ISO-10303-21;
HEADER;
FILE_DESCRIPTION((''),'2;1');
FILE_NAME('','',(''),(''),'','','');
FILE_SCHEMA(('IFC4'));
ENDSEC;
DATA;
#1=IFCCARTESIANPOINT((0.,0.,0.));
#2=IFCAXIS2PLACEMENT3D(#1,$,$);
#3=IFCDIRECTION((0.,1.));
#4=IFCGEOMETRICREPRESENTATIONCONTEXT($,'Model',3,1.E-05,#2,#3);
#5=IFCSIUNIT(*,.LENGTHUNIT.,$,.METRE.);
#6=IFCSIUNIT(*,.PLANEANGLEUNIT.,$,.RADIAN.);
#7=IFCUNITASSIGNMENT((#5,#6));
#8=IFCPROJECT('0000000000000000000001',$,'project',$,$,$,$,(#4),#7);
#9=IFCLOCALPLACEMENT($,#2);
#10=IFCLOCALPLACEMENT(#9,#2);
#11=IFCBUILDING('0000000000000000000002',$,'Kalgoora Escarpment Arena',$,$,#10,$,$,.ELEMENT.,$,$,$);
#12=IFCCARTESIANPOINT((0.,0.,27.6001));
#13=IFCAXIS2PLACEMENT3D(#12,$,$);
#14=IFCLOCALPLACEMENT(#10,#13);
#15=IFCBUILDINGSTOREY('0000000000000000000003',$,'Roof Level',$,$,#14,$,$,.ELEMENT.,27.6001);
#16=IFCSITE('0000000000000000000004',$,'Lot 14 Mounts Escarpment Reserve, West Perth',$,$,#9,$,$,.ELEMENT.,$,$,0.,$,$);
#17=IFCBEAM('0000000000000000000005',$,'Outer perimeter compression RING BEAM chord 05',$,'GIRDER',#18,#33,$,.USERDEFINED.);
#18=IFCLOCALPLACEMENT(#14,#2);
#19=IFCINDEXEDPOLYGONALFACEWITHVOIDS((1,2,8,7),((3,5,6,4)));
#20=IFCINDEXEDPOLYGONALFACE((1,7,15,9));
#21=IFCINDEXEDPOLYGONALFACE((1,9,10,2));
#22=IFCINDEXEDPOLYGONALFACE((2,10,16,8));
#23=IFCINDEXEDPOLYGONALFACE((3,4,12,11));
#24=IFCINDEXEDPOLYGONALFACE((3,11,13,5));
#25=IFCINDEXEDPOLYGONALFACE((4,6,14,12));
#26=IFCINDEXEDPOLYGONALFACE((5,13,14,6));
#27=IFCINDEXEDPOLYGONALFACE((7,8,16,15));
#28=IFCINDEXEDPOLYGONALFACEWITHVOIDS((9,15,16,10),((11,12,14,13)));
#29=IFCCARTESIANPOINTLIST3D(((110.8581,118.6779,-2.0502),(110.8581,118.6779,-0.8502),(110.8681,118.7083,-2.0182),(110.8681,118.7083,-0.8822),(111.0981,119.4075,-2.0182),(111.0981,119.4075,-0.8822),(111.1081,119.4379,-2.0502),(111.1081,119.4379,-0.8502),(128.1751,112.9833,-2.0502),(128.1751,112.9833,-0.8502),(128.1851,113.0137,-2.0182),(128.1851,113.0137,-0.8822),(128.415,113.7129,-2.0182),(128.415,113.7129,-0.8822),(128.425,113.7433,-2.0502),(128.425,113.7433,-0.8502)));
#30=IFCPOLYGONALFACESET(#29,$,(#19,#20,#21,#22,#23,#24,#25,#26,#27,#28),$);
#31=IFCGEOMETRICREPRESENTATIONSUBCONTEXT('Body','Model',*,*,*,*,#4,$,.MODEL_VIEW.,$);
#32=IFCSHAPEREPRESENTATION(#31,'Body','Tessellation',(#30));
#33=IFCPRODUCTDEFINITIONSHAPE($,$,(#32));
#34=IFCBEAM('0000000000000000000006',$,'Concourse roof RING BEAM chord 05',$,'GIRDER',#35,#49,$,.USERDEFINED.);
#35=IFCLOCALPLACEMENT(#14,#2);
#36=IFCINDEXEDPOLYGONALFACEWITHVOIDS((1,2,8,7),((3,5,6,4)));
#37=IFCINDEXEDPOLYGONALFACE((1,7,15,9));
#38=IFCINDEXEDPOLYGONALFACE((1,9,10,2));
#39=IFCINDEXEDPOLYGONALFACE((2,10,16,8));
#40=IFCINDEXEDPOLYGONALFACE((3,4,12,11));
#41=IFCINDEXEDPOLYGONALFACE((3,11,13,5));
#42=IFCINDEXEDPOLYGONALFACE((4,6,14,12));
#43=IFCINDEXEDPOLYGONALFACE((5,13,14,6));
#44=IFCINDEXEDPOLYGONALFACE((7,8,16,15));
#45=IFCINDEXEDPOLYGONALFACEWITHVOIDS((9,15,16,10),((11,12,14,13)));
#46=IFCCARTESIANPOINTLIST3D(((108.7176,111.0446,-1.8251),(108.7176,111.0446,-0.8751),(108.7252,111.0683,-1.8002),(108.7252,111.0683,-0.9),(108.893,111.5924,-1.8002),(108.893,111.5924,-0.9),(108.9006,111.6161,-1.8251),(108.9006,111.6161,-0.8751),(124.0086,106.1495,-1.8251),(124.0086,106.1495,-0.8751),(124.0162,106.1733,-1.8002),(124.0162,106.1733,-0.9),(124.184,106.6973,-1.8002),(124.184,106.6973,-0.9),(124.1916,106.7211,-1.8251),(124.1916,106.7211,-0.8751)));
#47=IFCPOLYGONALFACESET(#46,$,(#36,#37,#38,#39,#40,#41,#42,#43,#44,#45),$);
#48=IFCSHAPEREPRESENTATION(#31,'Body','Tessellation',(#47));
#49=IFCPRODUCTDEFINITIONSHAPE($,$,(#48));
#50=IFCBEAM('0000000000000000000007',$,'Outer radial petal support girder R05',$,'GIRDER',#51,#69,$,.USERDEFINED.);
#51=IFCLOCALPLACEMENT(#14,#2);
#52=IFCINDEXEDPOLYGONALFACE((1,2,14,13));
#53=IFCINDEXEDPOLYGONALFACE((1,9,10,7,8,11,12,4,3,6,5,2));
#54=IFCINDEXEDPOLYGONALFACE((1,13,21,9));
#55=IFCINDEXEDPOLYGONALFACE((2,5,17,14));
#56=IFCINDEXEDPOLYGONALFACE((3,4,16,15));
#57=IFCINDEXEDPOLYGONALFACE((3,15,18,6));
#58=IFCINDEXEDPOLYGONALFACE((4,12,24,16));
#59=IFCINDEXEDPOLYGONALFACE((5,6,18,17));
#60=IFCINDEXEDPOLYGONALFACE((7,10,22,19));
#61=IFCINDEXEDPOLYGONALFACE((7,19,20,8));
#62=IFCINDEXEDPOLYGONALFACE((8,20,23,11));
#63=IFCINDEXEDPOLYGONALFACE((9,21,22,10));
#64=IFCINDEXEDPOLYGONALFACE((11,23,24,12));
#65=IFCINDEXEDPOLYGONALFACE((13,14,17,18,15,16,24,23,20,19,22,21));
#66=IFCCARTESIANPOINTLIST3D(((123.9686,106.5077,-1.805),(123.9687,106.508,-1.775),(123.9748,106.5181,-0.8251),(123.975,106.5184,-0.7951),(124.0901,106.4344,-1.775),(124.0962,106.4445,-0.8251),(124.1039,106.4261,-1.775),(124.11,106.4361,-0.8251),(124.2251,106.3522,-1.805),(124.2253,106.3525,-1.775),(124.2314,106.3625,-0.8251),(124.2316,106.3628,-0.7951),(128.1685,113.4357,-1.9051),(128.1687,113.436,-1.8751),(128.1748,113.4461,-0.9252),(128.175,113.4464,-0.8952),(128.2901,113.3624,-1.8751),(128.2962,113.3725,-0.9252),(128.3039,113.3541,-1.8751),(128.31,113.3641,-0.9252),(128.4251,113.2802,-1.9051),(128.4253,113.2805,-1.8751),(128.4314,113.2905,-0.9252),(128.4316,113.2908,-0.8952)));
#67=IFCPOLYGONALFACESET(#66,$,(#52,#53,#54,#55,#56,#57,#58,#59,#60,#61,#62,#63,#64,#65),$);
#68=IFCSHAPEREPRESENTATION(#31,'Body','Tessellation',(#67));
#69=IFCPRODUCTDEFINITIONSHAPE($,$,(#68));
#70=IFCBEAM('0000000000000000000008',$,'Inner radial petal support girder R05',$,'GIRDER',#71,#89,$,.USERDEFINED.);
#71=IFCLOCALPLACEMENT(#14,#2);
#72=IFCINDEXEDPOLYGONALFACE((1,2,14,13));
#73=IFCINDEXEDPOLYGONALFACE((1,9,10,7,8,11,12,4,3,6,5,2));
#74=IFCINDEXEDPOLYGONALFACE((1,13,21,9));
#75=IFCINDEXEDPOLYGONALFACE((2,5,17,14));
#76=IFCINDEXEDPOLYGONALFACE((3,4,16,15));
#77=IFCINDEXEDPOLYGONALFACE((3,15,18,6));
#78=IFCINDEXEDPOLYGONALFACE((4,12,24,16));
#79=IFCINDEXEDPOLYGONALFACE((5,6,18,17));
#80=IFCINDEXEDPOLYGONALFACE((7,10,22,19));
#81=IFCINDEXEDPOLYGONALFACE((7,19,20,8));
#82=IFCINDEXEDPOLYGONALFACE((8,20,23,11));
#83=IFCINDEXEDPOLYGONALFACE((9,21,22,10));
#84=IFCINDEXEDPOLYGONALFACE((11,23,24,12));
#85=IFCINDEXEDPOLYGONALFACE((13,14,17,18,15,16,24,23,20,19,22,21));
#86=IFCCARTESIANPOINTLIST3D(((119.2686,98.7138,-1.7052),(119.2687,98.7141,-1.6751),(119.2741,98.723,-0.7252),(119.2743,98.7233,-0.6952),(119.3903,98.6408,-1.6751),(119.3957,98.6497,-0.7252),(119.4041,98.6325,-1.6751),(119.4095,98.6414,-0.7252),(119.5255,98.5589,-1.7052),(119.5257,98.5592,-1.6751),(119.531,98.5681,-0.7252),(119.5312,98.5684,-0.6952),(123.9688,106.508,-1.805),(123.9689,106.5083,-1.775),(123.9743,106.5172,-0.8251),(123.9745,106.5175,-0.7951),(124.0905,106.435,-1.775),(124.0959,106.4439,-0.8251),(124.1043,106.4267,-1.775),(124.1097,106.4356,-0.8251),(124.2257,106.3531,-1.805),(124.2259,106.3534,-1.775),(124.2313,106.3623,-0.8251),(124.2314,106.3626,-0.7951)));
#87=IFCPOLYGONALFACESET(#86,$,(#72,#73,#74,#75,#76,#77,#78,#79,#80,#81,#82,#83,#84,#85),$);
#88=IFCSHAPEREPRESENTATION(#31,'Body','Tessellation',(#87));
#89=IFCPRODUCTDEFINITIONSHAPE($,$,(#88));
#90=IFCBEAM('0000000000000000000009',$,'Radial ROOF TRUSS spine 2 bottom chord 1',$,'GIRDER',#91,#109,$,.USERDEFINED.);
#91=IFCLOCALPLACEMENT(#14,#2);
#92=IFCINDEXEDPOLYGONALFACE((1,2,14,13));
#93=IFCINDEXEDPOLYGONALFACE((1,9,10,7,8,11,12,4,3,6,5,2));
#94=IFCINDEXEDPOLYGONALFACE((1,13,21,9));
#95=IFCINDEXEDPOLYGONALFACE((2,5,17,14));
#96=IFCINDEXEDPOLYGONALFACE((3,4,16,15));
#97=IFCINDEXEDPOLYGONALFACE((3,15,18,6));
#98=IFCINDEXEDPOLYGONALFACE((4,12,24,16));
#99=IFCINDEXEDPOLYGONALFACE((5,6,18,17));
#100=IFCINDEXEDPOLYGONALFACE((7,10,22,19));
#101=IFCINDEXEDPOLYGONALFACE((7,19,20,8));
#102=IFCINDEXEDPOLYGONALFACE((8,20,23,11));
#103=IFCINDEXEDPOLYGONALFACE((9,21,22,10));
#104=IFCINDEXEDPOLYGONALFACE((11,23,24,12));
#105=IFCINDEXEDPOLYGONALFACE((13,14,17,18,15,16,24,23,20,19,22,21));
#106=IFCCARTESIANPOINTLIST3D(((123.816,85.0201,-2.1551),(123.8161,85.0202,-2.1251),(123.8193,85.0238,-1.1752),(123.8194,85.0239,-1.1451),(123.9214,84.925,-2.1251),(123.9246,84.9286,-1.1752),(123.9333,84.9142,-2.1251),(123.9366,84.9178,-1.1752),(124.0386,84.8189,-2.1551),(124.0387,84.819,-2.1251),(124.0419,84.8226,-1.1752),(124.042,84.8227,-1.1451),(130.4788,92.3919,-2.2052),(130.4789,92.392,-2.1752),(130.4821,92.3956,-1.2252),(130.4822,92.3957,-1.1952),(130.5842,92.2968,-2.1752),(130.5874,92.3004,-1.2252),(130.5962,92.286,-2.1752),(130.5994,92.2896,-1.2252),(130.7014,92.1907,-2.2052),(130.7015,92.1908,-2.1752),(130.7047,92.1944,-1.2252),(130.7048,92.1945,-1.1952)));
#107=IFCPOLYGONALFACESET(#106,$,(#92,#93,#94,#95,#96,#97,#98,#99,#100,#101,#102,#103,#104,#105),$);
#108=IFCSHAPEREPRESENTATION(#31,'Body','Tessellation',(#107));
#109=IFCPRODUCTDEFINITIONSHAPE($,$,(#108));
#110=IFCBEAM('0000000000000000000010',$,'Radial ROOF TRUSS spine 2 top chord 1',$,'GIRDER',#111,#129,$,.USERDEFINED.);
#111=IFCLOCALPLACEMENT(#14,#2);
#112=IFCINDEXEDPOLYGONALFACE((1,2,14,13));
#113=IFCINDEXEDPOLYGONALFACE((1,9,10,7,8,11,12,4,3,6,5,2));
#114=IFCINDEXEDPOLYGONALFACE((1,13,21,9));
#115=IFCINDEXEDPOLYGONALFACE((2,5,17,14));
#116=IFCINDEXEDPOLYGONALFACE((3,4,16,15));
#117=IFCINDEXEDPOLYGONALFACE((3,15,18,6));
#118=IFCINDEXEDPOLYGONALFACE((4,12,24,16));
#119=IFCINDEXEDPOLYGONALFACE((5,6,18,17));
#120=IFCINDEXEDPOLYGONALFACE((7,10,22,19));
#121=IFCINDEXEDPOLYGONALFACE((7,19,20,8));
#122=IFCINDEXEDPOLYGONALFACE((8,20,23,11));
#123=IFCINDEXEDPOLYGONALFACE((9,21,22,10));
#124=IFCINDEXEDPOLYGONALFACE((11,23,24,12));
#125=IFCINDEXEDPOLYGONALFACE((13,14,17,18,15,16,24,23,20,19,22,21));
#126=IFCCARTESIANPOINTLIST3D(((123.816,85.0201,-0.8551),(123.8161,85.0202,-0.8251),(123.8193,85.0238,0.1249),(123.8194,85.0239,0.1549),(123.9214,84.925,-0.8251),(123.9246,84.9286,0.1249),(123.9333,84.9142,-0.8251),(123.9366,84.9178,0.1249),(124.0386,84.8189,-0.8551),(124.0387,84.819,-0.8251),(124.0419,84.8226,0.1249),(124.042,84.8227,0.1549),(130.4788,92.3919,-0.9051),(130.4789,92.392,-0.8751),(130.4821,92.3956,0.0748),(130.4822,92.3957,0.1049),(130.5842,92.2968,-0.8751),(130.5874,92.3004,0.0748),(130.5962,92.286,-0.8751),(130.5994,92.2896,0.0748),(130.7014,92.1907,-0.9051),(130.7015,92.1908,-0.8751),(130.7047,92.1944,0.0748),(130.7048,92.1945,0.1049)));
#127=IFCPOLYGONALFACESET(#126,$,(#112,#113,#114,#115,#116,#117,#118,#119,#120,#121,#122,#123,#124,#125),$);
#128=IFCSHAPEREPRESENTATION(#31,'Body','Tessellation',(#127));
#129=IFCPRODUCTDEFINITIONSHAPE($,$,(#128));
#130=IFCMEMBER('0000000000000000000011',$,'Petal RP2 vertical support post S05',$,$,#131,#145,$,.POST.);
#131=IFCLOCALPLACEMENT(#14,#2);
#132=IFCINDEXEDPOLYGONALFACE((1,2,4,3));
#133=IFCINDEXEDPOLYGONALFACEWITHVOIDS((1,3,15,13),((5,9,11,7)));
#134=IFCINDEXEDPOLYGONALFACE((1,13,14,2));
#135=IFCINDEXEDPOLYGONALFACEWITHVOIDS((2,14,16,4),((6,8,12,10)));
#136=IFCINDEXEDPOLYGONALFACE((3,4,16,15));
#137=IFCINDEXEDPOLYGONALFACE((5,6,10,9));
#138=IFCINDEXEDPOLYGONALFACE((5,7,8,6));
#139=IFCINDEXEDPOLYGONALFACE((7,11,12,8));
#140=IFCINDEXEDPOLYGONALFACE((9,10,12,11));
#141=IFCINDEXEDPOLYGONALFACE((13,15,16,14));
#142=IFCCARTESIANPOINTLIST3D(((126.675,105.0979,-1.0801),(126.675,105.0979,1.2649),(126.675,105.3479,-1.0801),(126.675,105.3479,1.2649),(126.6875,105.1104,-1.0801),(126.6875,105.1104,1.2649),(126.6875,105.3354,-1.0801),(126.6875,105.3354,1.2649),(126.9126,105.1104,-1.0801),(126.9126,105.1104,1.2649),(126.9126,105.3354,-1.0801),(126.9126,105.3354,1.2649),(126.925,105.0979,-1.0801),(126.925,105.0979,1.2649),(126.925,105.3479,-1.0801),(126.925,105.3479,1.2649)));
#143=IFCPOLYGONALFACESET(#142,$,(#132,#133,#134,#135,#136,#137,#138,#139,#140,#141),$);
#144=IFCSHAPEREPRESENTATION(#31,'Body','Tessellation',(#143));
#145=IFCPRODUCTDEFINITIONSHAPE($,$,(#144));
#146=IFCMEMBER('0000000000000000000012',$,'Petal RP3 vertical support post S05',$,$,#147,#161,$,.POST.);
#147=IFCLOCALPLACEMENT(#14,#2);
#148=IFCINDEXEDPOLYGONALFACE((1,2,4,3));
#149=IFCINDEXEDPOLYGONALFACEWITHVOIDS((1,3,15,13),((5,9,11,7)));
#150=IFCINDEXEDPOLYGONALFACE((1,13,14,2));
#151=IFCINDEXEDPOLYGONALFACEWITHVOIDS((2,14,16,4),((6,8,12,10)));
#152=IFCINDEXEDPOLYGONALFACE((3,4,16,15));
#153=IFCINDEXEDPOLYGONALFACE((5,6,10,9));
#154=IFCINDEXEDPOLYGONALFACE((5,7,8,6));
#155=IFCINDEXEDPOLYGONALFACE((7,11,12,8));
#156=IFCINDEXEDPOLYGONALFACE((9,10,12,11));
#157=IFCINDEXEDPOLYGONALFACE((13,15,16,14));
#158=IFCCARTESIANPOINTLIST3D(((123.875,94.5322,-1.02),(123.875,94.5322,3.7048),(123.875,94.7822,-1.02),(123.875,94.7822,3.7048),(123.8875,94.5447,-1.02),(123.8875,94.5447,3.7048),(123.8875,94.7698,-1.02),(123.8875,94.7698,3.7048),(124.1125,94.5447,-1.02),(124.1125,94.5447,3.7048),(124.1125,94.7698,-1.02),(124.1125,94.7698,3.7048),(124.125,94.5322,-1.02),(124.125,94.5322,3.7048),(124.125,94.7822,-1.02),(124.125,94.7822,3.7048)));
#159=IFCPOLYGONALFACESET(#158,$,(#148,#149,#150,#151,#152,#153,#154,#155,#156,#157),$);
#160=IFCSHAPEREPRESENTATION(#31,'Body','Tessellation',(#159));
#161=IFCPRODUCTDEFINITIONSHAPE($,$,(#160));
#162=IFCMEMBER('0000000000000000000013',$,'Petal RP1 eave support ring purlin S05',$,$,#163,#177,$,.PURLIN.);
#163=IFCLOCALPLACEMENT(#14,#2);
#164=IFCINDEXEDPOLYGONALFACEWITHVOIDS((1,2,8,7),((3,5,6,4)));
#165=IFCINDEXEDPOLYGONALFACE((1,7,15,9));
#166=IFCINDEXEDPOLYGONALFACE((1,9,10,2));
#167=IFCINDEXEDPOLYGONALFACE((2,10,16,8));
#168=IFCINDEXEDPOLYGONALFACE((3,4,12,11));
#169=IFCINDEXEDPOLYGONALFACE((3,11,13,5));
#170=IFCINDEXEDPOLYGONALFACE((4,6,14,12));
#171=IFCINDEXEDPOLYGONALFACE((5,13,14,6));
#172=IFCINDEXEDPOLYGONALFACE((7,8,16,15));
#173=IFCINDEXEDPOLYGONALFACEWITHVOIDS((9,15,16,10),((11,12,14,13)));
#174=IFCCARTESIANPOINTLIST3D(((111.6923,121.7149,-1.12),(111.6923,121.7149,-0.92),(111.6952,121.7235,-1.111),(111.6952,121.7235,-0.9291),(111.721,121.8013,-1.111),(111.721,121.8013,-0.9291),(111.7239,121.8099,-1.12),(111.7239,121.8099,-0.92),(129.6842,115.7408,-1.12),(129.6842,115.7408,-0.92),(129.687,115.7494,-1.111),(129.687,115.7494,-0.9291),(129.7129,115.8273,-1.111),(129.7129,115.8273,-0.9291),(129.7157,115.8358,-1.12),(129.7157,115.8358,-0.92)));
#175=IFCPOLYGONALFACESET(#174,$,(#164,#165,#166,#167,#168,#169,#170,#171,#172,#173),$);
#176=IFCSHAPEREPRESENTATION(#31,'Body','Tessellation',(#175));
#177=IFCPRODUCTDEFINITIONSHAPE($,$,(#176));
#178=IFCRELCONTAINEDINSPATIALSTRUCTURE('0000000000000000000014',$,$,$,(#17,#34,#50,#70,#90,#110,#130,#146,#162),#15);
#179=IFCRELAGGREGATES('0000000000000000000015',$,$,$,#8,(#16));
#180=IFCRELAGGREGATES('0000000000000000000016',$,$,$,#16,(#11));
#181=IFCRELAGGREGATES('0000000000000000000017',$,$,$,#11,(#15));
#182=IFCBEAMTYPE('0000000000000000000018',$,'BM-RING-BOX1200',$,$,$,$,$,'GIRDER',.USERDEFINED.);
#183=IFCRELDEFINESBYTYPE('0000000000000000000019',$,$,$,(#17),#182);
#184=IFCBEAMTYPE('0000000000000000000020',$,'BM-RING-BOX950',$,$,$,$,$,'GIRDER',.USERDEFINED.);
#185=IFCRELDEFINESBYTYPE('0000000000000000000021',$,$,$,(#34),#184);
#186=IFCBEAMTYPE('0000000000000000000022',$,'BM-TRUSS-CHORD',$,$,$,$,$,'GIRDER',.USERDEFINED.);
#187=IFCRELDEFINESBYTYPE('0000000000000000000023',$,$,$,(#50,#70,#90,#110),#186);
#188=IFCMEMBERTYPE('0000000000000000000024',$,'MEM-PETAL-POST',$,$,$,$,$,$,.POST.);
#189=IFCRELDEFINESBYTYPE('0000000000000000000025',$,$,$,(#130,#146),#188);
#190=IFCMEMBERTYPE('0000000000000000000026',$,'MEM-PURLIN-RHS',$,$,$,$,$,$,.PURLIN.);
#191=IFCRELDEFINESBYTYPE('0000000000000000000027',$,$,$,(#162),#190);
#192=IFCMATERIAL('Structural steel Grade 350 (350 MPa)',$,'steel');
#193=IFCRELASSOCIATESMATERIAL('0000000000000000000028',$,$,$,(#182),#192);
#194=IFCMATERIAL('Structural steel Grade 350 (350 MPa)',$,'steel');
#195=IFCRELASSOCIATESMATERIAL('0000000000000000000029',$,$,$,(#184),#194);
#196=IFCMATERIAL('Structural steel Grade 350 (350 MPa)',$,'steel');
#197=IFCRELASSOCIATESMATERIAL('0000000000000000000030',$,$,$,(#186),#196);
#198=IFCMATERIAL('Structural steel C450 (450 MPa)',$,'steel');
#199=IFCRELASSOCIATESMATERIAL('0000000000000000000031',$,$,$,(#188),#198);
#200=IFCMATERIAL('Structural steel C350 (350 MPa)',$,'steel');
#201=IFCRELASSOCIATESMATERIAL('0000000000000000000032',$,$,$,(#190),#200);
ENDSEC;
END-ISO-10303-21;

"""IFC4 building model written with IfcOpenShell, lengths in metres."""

from ifc_helpers import new_model, si_unit, direction, frame, origin, origin_2d, place, context, subcontext, project, spatial, hollow_rectangle, i_section, extrude, material, material_profile, profile_set, type_object, element, save


model = new_model("IFC4")

# Units and contexts
model_context = context("Model", 3, precision=1e-05, world=origin(), true_north=direction((0.0, 1.0)))
body_context = subcontext(model_context, "Body", "Model", "MODEL_VIEW")
ifc_project = project(units=[si_unit("LENGTHUNIT", "METRE"), si_unit("PLANEANGLEUNIT", "RADIAN")], contexts=[model_context])

# Site, building, storey
site_placement = place(None, origin())
site = spatial("IfcSite", under=ifc_project, at=site_placement, Name="Lot 14 Mounts Escarpment Reserve, West Perth", CompositionType="ELEMENT", RefElevation=0.0)
building_placement = place(site_placement, origin())
building = spatial("IfcBuilding", under=site, at=building_placement, Name="Kalgoora Escarpment Arena", CompositionType="ELEMENT")
storey_placement = place(building_placement, frame((0.0, 0.0, 27.6001)))
storey = spatial("IfcBuildingStorey", under=building, at=storey_placement, Name="Roof Level", CompositionType="ELEMENT", Elevation=27.6001)

# Beams
ifc_material_1 = material(Name="Structural steel Grade 350 (350 MPa)", Category="steel")
ifc_material_profile_1 = material_profile(ifc_material_1, hollow_rectangle(XDim=0.8, YDim=1.2, WallThickness=0.032, at=origin_2d()))
ifc_profile_set_1 = profile_set([ifc_material_profile_1], Name="Structural steel Grade 350 (350 MPa)")
beam_type_1 = type_object("IfcBeamType", Name="BM-RING-BOX1200", ElementType="GIRDER", PredefinedType="USERDEFINED", material=ifc_profile_set_1)
beam_1_placement = place(storey_placement, frame((128.3, 113.3633, -1.4502), z_axis=(-0.949955, 0.312388, 0.0), x_axis=(-0.312388, -0.949955, 0.0)))
element("IfcBeam", 1, at=beam_1_placement, inside=storey, type_object=beam_type_1, Name="Outer perimeter compression RING BEAM chord 05", ObjectType="GIRDER", PredefinedType="USERDEFINED", context=body_context, shape_type="SweptSolid", body=[
    extrude(hollow_rectangle(XDim=0.8, YDim=1.2, WallThickness=0.032, at=origin_2d()), origin(), (0.0, 0.0, 1.0), 18.2292),
])
ifc_material_2 = material(Name="Structural steel Grade 350 (350 MPa)", Category="steel")
ifc_material_profile_2 = material_profile(ifc_material_2, hollow_rectangle(XDim=0.6001, YDim=0.95, WallThickness=0.0249, at=origin_2d()))
ifc_profile_set_2 = profile_set([ifc_material_profile_2], Name="Structural steel Grade 350 (350 MPa)")
beam_type_2 = type_object("IfcBeamType", Name="BM-RING-BOX950", ElementType="GIRDER", PredefinedType="USERDEFINED", material=ifc_profile_set_2)
beam_2_placement = place(storey_placement, frame((124.1001, 106.4353, -1.3501), z_axis=(-0.95239, 0.304883, 0.0), x_axis=(-0.304883, -0.95239, 0.0)))
element("IfcBeam", 2, at=beam_2_placement, inside=storey, type_object=beam_type_2, Name="Concourse roof RING BEAM chord 05", ObjectType="GIRDER", PredefinedType="USERDEFINED", context=body_context, shape_type="SweptSolid", body=[
    extrude(hollow_rectangle(XDim=0.6001, YDim=0.95, WallThickness=0.0249, at=origin_2d()), origin(), (0.0, 0.0, 1.0), 16.0554),
])
ifc_material_3 = material(Name="Structural steel Grade 350 (350 MPa)", Category="steel")
ifc_material_profile_3 = material_profile(ifc_material_3, i_section(OverallWidth=0.3, OverallDepth=1.01, WebThickness=0.0161, FlangeThickness=0.03, at=origin_2d()))
ifc_profile_set_3 = profile_set([ifc_material_profile_3], Name="Structural steel Grade 350 (350 MPa)")
beam_type_3 = type_object("IfcBeamType", Name="BM-TRUSS-CHORD", ElementType="GIRDER", PredefinedType="USERDEFINED", material=ifc_profile_set_3)
beam_3_placement = place(storey_placement, frame((128.3, 113.3633, -1.4001), z_axis=(-0.518368, -0.855068, 0.012354), x_axis=(0.855133, -0.518408, 0.0)))
element("IfcBeam", 3, at=beam_3_placement, inside=storey, type_object=beam_type_3, Name="Outer radial petal support girder R05", ObjectType="GIRDER", PredefinedType="USERDEFINED", context=body_context, shape_type="SweptSolid", body=[
    extrude(i_section(OverallWidth=0.3, OverallDepth=1.01, WebThickness=0.0161, FlangeThickness=0.03, at=origin_2d()), origin(), (0.0, 0.0, 1.0), 8.1023),
])
beam_4_placement = place(storey_placement, frame((124.1001, 106.4353, -1.3), z_axis=(-0.516377, -0.856291, 0.01097), x_axis=(0.856343, -0.516408, 0.0)))
element("IfcBeam", 4, at=beam_4_placement, inside=storey, type_object=beam_type_3, Name="Inner radial petal support girder R05", ObjectType="GIRDER", PredefinedType="USERDEFINED", context=body_context, shape_type="SweptSolid", body=[
    extrude(i_section(OverallWidth=0.3, OverallDepth=1.01, WebThickness=0.0161, FlangeThickness=0.03, at=origin_2d()), origin(), (0.0, 0.0, 1.0), 9.1023),
])
for number, where, z_axis, x_axis, name in (
    (5, (130.5918, 92.2932, -1.7002), (-0.670523, -0.741872, 0.005037), (0.741881, -0.670531, 0.0), "Radial ROOF TRUSS spine 2 bottom chord 1"),
    (6, (130.5918, 92.2932, -0.4001), (-0.670523, -0.741872, 0.005037), (0.741881, -0.670531, 0.0), "Radial ROOF TRUSS spine 2 top chord 1"),
):
    element("IfcBeam", number, at=place(storey_placement, frame(where, z_axis=z_axis, x_axis=x_axis)), inside=storey, type_object=beam_type_3, Name=name, ObjectType="GIRDER", PredefinedType="USERDEFINED", context=body_context, shape_type="SweptSolid", body=[
        extrude(i_section(OverallWidth=0.3, OverallDepth=1.01, WebThickness=0.0161, FlangeThickness=0.03, at=origin_2d()), origin(), (0.0, 0.0, 1.0), 9.9368),
    ])

# Members
ifc_material_4 = material(Name="Structural steel C450 (450 MPa)", Category="steel")
ifc_material_profile_4 = material_profile(ifc_material_4, hollow_rectangle(XDim=0.25, YDim=0.25, WallThickness=0.0125, at=origin_2d()))
ifc_profile_set_4 = profile_set([ifc_material_profile_4], Name="Structural steel C450 (450 MPa)")
member_type_1 = type_object("IfcMemberType", Name="MEM-PETAL-POST", PredefinedType="POST", material=ifc_profile_set_4)
member_1_placement = place(storey_placement, frame((126.8, 105.2229, -1.0801), z_axis=(0.0, 0.0, 1.0), x_axis=(1.0, 0.0, 0.0)))
element("IfcMember", 7, at=member_1_placement, inside=storey, type_object=member_type_1, Name="Petal RP2 vertical support post S05", PredefinedType="POST", context=body_context, shape_type="SweptSolid", body=[
    extrude(hollow_rectangle(XDim=0.25, YDim=0.25, WallThickness=0.0125, at=origin_2d()), origin(), (0.0, 0.0, 1.0), 2.345),
])
member_2_placement = place(storey_placement, frame((124.0, 94.6572, -1.02), z_axis=(0.0, 0.0, 1.0), x_axis=(1.0, 0.0, 0.0)))
element("IfcMember", 8, at=member_2_placement, inside=storey, type_object=member_type_1, Name="Petal RP3 vertical support post S05", PredefinedType="POST", context=body_context, shape_type="SweptSolid", body=[
    extrude(hollow_rectangle(XDim=0.25, YDim=0.25, WallThickness=0.0125, at=origin_2d()), origin(), (0.0, 0.0, 1.0), 4.7249),
])
ifc_material_5 = material(Name="Structural steel C350 (350 MPa)", Category="steel")
ifc_material_profile_5 = material_profile(ifc_material_5, hollow_rectangle(XDim=0.1001, YDim=0.2, WallThickness=0.009, at=origin_2d()))
ifc_profile_set_5 = profile_set([ifc_material_profile_5], Name="Structural steel C350 (350 MPa)")
member_type_2 = type_object("IfcMemberType", Name="MEM-PURLIN-RHS", PredefinedType="PURLIN", material=ifc_profile_set_5)
member_3_placement = place(storey_placement, frame((129.7, 115.7883, -1.02), z_axis=(-0.94905, 0.315126, 0.0), x_axis=(-0.315126, -0.94905, 0.0)))
element("IfcMember", 9, at=member_3_placement, inside=storey, type_object=member_type_2, Name="Petal RP1 eave support ring purlin S05", PredefinedType="PURLIN", context=body_context, shape_type="SweptSolid", body=[
    extrude(hollow_rectangle(XDim=0.1001, YDim=0.2, WallThickness=0.009, at=origin_2d()), origin(), (0.0, 0.0, 1.0), 18.9578),
])

save(model, "model.ifc")
